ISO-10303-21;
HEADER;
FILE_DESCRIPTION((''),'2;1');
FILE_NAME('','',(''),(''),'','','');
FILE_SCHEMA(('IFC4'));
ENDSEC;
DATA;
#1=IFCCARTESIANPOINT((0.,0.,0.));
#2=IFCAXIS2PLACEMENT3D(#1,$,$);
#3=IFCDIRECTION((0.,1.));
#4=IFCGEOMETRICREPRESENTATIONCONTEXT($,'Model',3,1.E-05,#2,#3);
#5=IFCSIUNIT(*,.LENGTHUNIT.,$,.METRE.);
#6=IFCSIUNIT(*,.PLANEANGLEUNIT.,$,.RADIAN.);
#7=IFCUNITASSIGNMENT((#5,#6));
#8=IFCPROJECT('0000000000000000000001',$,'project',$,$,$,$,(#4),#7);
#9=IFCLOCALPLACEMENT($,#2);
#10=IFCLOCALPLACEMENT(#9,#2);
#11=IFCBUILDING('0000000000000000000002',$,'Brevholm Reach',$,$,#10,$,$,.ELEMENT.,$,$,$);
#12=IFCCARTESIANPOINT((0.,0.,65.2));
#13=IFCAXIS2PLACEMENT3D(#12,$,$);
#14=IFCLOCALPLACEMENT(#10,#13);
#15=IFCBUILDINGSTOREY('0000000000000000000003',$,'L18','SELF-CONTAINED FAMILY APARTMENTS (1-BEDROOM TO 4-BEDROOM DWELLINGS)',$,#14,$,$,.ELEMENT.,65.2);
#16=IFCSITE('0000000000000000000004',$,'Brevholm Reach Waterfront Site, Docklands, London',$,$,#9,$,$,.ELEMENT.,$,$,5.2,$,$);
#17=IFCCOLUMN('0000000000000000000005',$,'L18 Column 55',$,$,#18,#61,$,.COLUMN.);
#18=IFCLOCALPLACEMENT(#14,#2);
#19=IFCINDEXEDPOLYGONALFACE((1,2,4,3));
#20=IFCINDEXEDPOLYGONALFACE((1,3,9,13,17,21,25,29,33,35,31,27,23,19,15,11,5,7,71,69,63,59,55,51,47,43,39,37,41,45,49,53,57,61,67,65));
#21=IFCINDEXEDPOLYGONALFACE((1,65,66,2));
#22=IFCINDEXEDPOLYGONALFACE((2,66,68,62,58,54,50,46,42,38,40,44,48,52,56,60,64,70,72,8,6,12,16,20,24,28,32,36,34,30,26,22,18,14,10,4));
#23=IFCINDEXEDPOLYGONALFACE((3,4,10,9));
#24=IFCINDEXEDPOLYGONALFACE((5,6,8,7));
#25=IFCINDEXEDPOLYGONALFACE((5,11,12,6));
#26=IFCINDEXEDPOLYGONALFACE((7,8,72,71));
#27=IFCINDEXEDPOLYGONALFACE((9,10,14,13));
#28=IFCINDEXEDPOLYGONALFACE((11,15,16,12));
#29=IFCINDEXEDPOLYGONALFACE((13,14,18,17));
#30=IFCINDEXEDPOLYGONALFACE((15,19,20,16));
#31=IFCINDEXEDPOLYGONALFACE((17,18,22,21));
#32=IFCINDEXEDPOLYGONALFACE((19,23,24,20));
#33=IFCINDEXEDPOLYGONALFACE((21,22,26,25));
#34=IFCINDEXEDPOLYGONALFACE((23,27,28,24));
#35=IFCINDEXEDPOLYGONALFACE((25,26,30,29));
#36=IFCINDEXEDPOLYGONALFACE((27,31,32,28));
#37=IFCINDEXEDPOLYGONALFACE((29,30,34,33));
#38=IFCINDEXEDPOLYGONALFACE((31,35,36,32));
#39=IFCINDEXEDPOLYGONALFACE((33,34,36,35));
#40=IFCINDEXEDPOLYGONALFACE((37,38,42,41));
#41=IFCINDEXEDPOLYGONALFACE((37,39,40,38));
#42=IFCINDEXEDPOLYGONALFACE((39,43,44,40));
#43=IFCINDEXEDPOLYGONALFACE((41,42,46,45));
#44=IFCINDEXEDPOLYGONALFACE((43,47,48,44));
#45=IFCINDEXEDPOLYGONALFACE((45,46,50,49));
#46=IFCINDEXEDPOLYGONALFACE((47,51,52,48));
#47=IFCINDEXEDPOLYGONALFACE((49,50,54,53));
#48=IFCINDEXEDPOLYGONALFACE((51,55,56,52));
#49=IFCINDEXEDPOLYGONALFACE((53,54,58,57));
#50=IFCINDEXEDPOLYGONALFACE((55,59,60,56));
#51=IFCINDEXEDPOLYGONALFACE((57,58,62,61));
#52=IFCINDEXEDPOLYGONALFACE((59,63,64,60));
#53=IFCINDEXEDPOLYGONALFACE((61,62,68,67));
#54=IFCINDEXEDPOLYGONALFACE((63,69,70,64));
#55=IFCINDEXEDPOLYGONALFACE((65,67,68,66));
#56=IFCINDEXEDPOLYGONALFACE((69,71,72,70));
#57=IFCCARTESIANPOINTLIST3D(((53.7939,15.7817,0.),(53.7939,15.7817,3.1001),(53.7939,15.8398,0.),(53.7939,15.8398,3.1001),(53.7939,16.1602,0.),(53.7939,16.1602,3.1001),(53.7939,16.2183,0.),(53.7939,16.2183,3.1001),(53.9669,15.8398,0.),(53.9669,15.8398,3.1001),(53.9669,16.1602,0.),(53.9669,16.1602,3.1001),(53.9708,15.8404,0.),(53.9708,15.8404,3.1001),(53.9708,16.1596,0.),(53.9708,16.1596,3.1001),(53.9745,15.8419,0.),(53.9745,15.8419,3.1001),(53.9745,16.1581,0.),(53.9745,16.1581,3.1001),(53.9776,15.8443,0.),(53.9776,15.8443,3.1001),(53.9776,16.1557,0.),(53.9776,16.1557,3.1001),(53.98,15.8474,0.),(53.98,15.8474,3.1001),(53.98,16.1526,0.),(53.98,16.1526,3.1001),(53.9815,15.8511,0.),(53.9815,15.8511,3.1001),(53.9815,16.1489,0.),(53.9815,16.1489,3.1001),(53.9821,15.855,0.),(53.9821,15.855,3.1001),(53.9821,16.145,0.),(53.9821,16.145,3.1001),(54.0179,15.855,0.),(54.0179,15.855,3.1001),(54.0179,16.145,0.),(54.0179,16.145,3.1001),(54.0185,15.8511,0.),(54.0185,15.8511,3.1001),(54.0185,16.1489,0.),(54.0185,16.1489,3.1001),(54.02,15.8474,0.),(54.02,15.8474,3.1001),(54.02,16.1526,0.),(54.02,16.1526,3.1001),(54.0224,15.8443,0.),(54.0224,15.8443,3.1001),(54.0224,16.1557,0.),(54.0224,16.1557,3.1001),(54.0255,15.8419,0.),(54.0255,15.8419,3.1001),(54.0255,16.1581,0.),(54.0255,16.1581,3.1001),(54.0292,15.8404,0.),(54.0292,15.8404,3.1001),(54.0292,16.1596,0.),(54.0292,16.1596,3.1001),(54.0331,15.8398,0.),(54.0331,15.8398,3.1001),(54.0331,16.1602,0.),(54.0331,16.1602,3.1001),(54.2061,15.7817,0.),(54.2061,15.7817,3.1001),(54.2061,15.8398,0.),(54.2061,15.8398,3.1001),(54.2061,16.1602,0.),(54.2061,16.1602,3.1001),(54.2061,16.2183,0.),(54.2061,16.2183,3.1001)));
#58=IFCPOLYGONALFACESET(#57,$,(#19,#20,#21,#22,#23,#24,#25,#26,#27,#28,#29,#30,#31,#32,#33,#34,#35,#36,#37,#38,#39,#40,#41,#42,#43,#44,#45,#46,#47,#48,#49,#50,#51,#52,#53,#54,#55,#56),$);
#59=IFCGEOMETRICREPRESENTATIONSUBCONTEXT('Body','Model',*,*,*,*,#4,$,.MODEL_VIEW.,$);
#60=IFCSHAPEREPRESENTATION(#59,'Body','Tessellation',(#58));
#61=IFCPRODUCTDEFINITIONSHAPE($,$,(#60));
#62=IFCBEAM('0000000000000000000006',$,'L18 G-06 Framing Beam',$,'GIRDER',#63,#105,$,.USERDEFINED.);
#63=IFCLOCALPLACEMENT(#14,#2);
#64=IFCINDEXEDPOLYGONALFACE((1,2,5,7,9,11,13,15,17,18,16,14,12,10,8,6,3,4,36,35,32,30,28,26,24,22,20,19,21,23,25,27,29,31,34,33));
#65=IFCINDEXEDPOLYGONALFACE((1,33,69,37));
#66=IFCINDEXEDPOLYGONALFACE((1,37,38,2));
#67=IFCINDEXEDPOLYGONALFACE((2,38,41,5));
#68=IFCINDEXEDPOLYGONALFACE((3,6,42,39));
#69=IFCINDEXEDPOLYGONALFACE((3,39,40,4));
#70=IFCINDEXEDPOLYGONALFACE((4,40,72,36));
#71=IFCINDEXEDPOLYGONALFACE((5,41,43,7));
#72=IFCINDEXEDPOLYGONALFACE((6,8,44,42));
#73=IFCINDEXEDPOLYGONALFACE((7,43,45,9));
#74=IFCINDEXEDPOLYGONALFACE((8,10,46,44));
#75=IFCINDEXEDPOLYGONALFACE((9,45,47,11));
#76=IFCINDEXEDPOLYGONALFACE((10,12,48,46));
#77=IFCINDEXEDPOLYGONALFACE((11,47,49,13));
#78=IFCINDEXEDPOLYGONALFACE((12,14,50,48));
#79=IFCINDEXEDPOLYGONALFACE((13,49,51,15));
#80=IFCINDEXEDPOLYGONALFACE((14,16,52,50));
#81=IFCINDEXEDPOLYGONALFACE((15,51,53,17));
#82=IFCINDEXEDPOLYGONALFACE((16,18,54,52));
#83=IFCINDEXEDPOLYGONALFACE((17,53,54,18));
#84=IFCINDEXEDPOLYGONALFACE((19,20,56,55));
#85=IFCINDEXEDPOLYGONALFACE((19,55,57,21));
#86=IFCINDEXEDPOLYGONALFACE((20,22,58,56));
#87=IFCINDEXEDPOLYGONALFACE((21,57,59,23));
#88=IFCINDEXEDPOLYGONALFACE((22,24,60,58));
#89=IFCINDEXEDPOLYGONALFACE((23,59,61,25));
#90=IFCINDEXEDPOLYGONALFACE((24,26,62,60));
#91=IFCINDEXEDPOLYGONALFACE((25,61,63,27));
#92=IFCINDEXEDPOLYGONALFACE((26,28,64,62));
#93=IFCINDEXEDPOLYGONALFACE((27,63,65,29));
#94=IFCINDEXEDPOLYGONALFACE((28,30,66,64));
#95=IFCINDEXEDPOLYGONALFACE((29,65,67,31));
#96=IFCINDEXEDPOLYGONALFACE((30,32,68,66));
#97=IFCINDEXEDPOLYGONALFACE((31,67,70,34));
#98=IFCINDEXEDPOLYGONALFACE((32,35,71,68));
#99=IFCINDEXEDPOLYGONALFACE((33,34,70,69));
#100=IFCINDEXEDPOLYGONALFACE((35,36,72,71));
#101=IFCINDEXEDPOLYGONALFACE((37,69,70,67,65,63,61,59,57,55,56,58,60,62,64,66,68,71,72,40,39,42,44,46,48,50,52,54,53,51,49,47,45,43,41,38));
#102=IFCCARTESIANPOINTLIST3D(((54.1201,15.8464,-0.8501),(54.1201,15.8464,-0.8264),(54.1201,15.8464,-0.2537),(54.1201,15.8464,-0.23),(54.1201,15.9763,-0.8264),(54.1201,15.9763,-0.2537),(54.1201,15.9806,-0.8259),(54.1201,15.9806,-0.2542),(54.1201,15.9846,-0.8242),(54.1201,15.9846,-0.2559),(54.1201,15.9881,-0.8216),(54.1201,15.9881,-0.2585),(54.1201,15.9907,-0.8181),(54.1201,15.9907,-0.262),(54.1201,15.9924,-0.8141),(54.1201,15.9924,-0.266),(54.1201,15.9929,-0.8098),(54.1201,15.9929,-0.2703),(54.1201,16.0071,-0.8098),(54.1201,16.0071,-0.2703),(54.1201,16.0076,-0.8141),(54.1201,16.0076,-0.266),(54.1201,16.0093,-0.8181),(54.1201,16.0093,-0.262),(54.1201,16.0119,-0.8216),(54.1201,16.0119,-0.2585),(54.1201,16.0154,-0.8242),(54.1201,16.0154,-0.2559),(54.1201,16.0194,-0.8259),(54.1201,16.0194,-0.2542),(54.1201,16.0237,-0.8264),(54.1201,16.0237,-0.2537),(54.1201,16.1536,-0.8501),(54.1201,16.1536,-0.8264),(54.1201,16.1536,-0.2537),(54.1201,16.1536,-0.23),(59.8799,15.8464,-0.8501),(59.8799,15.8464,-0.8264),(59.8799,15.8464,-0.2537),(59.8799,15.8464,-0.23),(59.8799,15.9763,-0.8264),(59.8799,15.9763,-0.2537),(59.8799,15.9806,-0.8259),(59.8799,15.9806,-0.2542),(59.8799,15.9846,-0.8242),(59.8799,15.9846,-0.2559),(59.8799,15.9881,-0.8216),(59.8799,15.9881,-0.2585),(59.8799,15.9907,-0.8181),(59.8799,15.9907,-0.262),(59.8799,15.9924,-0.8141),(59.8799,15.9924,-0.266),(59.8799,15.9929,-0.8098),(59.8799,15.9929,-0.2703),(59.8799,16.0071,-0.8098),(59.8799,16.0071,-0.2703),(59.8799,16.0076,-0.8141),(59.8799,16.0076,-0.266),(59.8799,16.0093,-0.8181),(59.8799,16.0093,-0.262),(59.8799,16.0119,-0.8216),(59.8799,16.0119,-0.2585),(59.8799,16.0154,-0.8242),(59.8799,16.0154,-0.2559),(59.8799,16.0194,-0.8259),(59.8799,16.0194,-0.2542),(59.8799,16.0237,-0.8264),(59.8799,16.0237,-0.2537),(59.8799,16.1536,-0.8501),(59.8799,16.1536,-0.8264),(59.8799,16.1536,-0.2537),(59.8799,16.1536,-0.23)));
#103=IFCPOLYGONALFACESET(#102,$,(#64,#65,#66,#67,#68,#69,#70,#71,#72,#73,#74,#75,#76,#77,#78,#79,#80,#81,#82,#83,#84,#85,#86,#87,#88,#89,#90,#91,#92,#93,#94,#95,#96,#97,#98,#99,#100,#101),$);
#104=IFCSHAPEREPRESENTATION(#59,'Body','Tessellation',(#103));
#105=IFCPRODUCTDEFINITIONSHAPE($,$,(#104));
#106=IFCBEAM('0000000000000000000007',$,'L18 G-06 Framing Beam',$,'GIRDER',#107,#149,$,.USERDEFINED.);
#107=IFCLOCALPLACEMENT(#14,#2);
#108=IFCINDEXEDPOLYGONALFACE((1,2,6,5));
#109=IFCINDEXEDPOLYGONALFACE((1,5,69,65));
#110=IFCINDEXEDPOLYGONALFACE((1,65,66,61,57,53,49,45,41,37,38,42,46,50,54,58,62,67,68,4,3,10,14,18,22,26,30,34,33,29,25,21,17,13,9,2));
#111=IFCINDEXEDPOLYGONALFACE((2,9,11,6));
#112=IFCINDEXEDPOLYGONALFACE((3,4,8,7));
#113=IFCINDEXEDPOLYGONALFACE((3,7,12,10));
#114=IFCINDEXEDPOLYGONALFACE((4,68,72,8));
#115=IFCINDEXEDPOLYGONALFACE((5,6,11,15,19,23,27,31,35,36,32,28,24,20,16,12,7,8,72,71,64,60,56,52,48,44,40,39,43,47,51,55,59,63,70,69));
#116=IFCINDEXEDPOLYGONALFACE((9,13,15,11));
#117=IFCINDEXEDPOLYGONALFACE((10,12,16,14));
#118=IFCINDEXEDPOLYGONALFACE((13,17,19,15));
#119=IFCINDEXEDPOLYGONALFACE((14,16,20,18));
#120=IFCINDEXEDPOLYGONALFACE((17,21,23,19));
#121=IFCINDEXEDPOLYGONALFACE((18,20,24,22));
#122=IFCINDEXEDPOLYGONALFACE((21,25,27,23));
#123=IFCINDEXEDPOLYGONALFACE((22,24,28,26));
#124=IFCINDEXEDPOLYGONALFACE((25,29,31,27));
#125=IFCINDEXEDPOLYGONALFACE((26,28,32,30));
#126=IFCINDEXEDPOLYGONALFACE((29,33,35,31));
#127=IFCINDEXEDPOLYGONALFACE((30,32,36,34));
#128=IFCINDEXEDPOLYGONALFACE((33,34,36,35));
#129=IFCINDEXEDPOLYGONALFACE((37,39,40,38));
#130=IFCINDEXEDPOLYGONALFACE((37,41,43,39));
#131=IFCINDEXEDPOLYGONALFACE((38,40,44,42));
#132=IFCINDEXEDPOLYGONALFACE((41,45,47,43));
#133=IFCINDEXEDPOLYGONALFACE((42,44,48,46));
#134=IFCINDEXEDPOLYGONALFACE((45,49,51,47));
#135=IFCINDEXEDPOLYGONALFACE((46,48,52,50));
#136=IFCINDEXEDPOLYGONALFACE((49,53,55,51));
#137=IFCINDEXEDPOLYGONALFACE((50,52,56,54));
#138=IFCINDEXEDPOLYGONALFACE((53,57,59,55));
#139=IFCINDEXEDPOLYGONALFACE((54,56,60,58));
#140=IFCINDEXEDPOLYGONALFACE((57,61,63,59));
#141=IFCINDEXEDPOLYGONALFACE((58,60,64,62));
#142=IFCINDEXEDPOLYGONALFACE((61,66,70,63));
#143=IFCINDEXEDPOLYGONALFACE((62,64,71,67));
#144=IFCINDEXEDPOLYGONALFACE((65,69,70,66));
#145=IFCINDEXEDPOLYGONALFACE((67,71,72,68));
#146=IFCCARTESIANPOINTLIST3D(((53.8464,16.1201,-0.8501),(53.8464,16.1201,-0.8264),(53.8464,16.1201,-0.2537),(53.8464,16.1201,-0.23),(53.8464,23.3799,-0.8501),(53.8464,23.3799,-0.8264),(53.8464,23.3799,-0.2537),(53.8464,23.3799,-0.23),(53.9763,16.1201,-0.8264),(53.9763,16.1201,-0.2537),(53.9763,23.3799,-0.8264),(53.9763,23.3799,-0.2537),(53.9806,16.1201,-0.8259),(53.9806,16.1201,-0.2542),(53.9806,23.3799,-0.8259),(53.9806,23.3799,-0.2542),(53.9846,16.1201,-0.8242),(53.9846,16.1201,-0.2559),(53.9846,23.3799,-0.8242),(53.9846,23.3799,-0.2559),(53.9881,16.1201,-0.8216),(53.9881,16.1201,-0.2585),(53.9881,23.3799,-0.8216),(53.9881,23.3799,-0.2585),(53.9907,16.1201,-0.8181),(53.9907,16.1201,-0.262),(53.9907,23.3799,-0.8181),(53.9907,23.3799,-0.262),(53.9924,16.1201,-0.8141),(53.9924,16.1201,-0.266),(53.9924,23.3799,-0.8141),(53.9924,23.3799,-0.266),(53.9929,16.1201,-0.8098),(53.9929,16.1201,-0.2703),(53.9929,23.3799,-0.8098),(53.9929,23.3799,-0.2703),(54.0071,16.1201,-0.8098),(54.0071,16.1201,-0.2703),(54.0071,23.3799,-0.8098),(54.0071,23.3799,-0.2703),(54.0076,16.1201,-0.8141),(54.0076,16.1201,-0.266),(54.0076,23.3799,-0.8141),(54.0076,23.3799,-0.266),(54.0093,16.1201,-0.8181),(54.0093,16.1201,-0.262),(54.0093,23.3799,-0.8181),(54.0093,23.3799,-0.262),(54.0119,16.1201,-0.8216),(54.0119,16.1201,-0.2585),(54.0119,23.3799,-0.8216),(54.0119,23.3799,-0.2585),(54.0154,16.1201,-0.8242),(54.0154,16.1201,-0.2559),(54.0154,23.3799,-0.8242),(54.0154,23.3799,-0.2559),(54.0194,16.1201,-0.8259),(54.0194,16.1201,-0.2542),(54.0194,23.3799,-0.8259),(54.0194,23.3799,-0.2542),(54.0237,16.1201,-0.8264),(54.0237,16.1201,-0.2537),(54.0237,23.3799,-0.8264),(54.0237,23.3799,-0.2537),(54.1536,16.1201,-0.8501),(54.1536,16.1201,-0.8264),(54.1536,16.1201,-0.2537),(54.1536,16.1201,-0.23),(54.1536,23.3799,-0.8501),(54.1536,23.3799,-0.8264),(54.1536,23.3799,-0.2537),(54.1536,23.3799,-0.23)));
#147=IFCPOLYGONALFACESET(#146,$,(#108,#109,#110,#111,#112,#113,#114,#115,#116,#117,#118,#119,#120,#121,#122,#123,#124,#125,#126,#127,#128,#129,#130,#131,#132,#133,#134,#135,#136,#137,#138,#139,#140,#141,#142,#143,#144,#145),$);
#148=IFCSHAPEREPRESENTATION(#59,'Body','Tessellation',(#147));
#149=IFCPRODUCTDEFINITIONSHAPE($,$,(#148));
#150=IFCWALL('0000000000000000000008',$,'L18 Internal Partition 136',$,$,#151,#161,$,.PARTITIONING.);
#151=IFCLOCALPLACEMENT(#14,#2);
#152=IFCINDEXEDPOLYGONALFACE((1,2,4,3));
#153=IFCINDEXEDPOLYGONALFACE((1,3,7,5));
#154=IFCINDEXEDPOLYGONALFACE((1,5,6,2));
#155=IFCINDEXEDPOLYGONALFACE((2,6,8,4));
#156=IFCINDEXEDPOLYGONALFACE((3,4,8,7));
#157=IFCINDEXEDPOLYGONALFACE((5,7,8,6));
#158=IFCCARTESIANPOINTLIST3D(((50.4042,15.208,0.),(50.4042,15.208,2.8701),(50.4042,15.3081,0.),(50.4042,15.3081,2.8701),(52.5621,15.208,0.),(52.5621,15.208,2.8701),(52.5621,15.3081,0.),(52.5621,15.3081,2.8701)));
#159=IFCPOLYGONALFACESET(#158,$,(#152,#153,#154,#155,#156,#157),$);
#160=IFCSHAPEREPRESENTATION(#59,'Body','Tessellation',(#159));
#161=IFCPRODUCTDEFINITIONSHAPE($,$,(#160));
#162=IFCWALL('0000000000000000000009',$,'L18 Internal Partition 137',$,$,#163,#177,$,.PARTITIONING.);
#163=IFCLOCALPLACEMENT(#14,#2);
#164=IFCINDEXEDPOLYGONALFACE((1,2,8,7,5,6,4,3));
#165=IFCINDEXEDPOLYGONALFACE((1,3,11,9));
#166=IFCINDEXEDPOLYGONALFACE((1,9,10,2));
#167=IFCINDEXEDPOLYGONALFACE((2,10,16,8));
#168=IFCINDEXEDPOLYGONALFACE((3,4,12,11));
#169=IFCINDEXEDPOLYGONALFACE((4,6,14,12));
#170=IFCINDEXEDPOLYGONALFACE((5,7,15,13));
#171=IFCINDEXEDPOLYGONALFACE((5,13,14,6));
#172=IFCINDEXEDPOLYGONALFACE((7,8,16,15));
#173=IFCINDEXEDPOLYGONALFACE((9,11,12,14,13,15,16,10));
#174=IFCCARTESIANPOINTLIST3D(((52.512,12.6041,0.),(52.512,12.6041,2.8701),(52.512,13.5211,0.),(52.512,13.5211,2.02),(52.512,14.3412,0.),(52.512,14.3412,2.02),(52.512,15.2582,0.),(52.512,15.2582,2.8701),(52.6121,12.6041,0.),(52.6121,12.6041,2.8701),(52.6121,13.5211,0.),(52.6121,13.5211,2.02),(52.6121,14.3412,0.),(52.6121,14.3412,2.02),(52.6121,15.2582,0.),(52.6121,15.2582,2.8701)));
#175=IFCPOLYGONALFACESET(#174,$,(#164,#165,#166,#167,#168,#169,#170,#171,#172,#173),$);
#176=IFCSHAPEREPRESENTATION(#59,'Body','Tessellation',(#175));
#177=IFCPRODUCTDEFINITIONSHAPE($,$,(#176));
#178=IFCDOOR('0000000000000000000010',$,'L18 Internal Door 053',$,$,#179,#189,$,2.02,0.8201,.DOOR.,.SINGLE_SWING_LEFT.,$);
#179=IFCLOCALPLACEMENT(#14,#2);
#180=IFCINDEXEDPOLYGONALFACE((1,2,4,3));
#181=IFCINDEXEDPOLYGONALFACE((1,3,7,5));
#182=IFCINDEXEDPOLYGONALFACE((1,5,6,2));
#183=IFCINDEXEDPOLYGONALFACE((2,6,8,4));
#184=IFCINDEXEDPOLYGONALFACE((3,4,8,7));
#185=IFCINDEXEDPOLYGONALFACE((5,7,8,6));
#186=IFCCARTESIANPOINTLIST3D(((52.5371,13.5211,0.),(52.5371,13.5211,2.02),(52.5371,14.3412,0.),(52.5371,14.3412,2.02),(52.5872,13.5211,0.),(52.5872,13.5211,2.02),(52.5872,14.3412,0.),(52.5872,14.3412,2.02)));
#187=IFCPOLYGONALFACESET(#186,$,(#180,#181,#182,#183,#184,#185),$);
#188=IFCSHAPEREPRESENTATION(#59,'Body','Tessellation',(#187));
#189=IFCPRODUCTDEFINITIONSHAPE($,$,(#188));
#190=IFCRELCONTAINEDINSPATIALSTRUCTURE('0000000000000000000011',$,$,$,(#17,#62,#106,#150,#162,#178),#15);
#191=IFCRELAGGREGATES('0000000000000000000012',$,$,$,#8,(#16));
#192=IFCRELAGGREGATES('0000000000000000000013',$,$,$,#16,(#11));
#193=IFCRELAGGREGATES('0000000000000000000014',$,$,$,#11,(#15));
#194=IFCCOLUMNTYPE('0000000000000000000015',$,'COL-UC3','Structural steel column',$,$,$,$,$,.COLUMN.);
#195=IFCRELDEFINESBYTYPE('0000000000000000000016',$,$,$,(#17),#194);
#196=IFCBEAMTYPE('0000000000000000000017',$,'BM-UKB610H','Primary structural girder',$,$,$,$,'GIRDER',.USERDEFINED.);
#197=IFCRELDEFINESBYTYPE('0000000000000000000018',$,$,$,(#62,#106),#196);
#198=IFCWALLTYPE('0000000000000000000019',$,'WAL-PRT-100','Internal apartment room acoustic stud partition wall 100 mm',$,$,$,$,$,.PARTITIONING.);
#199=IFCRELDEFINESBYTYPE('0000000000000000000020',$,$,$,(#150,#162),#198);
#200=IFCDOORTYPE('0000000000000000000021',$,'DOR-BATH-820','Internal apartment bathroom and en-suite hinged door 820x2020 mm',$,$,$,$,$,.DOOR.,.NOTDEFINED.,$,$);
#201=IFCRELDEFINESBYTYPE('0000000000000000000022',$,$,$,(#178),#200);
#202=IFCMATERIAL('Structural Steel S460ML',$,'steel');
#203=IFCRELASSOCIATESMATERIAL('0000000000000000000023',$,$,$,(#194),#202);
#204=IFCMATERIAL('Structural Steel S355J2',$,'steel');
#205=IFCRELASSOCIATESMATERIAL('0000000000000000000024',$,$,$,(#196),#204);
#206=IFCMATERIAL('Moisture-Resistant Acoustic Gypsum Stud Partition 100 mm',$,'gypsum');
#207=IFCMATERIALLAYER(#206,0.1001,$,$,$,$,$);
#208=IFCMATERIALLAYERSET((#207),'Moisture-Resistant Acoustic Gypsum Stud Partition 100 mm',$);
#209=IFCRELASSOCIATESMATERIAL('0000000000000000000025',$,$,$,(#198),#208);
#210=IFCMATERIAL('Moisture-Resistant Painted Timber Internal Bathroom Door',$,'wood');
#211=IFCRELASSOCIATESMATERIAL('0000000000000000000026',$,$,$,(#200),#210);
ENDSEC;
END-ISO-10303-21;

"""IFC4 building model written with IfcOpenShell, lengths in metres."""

from ifc_helpers import new_model, si_unit, direction, frame, frame_2d, origin, origin_2d, place, context, subcontext, project, spatial, rectangle, i_section, extrude, material, layer, layer_set, material_profile, profile_set, type_object, element, fill, save


model = new_model("IFC4")

# Units and contexts
model_context = context("Model", 3, precision=1e-05, world=origin(), true_north=direction((0.0, 1.0)))
body_context = subcontext(model_context, "Body", "Model", "MODEL_VIEW")
ifc_project = project(units=[si_unit("LENGTHUNIT", "METRE"), si_unit("PLANEANGLEUNIT", "RADIAN")], contexts=[model_context])

# Site, building, storey
site_placement = place(None, origin())
site = spatial("IfcSite", under=ifc_project, at=site_placement, Name="Brevholm Reach Waterfront Site, Docklands, London", CompositionType="ELEMENT", RefElevation=5.2)
building_placement = place(site_placement, origin())
building = spatial("IfcBuilding", under=site, at=building_placement, Name="Brevholm Reach", CompositionType="ELEMENT")
storey_placement = place(building_placement, frame((0.0, 0.0, 65.2)))
storey = spatial("IfcBuildingStorey", under=building, at=storey_placement, Name="L18", Description="SELF-CONTAINED FAMILY APARTMENTS (1-BEDROOM TO 4-BEDROOM DWELLINGS)", CompositionType="ELEMENT", Elevation=65.2)

# Column
ifc_material_1 = material(Name="Structural Steel S460ML", Category="steel")
ifc_material_profile_1 = material_profile(ifc_material_1, i_section(OverallWidth=0.4121, OverallDepth=0.4365, WebThickness=0.0359, FlangeThickness=0.0581, FilletRadius=0.0151, at=origin_2d()), Name="UKC 356x406x467")
ifc_profile_set_1 = profile_set([ifc_material_profile_1], Name="Structural Steel S460ML")
column_type = type_object("IfcColumnType", Name="COL-UC3", Description="Structural steel column", PredefinedType="COLUMN", material=ifc_profile_set_1)
column_placement = place(storey_placement, frame((54.0, 16.0, 0.0), z_axis=(0.0, 0.0, 1.0), x_axis=(1.0, 0.0, 0.0)))
element("IfcColumn", 1, at=column_placement, inside=storey, type_object=column_type, Name="L18 Column 55", PredefinedType="COLUMN", context=body_context, shape_type="SweptSolid", body=[
    extrude(i_section(OverallWidth=0.4121, OverallDepth=0.4365, WebThickness=0.0359, FlangeThickness=0.0581, FilletRadius=0.0151, at=origin_2d()), origin(), (0.0, 0.0, 1.0), 3.1001),
])

# Beams
ifc_material_2 = material(Name="Structural Steel S355J2", Category="steel")
ifc_material_profile_2 = material_profile(ifc_material_2, i_section(OverallWidth=0.3071, OverallDepth=0.6201, WebThickness=0.0142, FlangeThickness=0.0237, FilletRadius=0.0166, at=origin_2d()), Name="UKB 610x305x179")
ifc_profile_set_2 = profile_set([ifc_material_profile_2], Name="Structural Steel S355J2")
beam_type = type_object("IfcBeamType", Name="BM-UKB610H", Description="Primary structural girder", ElementType="GIRDER", PredefinedType="USERDEFINED", material=ifc_profile_set_2)
beam_1_placement = place(storey_placement, frame((54.1201, 16.0, -0.54), z_axis=(1.0, 0.0, 0.0), x_axis=(0.0, 1.0, 0.0)))
element("IfcBeam", 2, at=beam_1_placement, inside=storey, type_object=beam_type, Name="L18 G-06 Framing Beam", ObjectType="GIRDER", PredefinedType="USERDEFINED", context=body_context, shape_type="SweptSolid", body=[
    extrude(i_section(OverallWidth=0.3071, OverallDepth=0.6201, WebThickness=0.0142, FlangeThickness=0.0237, FilletRadius=0.0166, at=origin_2d()), origin(), (0.0, 0.0, 1.0), 5.7598),
])
beam_2_placement = place(storey_placement, frame((54.0, 16.1201, -0.54), z_axis=(0.0, 1.0, 0.0), x_axis=(-1.0, 0.0, 0.0)))
element("IfcBeam", 3, at=beam_2_placement, inside=storey, type_object=beam_type, Name="L18 G-06 Framing Beam", ObjectType="GIRDER", PredefinedType="USERDEFINED", context=body_context, shape_type="SweptSolid", body=[
    extrude(i_section(OverallWidth=0.3071, OverallDepth=0.6201, WebThickness=0.0142, FlangeThickness=0.0237, FilletRadius=0.0166, at=origin_2d()), origin(), (0.0, 0.0, 1.0), 7.2598),
])

# Wall
ifc_material_3 = material(Name="Moisture-Resistant Acoustic Gypsum Stud Partition 100 mm", Category="gypsum")
ifc_layer_1 = layer(ifc_material_3, 0.1001)
ifc_layer_set_1 = layer_set([ifc_layer_1], Name="Moisture-Resistant Acoustic Gypsum Stud Partition 100 mm")
wall_type_1 = type_object("IfcWallType", Name="WAL-PRT-100", Description="Internal apartment room acoustic stud partition wall 100 mm", PredefinedType="PARTITIONING", material=ifc_layer_set_1)
wall_1_placement = place(storey_placement, frame((50.4041, 15.2581, 0.0), z_axis=(0.0, 0.0, 1.0), x_axis=(1.0, 0.0, 0.0)))
element("IfcWall", 4, at=wall_1_placement, inside=storey, type_object=wall_type_1, Name="L18 Internal Partition 136", PredefinedType="PARTITIONING", context=body_context, shape_type="SweptSolid", body=[
    extrude(rectangle(XDim=2.158, YDim=0.1001, at=frame_2d((1.0791, 0.0))), origin(), (0.0, 0.0, 1.0), 2.8701),
])

# Wall, opening, door
wall_2_placement = place(storey_placement, frame((52.562, 12.604, 0.0), z_axis=(0.0, 0.0, 1.0), x_axis=(0.0, 1.0, 0.0)))
wall_2 = element("IfcWall", 5, at=wall_2_placement, inside=storey, type_object=wall_type_1, Name="L18 Internal Partition 137", PredefinedType="PARTITIONING", context=body_context, shape_type="SweptSolid", body=[
    extrude(rectangle(XDim=2.6541, YDim=0.1001, at=frame_2d((1.3271, 0.0))), origin(), (0.0, 0.0, 1.0), 2.8701),
])
opening_1_placement = place(wall_2_placement, frame((0.917, 0.0, 0.0)))
opening_1 = element("IfcOpeningElement", 6, at=opening_1_placement, cuts=wall_2, PredefinedType="OPENING", context=body_context, shape_type="SweptSolid", body=[
    extrude(rectangle(XDim=0.8201, YDim=2.02, at=frame_2d((0.4102, 1.01))), frame((0.0, 0.0601, 0.0), z_axis=(0.0, -1.0, 0.0), x_axis=(1.0, 0.0, 0.0)), (0.0, 0.0, 1.0), 0.1201),
])
ifc_material_4 = material(Name="Moisture-Resistant Painted Timber Internal Bathroom Door", Category="wood")
door_type_1 = type_object("IfcDoorType", Name="DOR-BATH-820", Description="Internal apartment bathroom and en-suite hinged door 820x2020 mm", OperationType="NOTDEFINED", PredefinedType="DOOR", material=ifc_material_4)
door_1_placement = place(opening_1_placement, origin())
door_1 = element("IfcDoor", 7, at=door_1_placement, inside=storey, type_object=door_type_1, Name="L18 Internal Door 053", OperationType="SINGLE_SWING_LEFT", OverallHeight=2.02, OverallWidth=0.8201, PredefinedType="DOOR", context=body_context, shape_type="SweptSolid", body=[
    extrude(rectangle(XDim=0.8201, YDim=2.02, at=frame_2d((0.4102, 1.01))), frame((0.0, 0.0249, 0.0), z_axis=(0.0, -1.0, 0.0), x_axis=(1.0, 0.0, 0.0)), (0.0, 0.0, 1.0), 0.05),
])
fill(opening_1, door_1)

save(model, "model.ifc")
